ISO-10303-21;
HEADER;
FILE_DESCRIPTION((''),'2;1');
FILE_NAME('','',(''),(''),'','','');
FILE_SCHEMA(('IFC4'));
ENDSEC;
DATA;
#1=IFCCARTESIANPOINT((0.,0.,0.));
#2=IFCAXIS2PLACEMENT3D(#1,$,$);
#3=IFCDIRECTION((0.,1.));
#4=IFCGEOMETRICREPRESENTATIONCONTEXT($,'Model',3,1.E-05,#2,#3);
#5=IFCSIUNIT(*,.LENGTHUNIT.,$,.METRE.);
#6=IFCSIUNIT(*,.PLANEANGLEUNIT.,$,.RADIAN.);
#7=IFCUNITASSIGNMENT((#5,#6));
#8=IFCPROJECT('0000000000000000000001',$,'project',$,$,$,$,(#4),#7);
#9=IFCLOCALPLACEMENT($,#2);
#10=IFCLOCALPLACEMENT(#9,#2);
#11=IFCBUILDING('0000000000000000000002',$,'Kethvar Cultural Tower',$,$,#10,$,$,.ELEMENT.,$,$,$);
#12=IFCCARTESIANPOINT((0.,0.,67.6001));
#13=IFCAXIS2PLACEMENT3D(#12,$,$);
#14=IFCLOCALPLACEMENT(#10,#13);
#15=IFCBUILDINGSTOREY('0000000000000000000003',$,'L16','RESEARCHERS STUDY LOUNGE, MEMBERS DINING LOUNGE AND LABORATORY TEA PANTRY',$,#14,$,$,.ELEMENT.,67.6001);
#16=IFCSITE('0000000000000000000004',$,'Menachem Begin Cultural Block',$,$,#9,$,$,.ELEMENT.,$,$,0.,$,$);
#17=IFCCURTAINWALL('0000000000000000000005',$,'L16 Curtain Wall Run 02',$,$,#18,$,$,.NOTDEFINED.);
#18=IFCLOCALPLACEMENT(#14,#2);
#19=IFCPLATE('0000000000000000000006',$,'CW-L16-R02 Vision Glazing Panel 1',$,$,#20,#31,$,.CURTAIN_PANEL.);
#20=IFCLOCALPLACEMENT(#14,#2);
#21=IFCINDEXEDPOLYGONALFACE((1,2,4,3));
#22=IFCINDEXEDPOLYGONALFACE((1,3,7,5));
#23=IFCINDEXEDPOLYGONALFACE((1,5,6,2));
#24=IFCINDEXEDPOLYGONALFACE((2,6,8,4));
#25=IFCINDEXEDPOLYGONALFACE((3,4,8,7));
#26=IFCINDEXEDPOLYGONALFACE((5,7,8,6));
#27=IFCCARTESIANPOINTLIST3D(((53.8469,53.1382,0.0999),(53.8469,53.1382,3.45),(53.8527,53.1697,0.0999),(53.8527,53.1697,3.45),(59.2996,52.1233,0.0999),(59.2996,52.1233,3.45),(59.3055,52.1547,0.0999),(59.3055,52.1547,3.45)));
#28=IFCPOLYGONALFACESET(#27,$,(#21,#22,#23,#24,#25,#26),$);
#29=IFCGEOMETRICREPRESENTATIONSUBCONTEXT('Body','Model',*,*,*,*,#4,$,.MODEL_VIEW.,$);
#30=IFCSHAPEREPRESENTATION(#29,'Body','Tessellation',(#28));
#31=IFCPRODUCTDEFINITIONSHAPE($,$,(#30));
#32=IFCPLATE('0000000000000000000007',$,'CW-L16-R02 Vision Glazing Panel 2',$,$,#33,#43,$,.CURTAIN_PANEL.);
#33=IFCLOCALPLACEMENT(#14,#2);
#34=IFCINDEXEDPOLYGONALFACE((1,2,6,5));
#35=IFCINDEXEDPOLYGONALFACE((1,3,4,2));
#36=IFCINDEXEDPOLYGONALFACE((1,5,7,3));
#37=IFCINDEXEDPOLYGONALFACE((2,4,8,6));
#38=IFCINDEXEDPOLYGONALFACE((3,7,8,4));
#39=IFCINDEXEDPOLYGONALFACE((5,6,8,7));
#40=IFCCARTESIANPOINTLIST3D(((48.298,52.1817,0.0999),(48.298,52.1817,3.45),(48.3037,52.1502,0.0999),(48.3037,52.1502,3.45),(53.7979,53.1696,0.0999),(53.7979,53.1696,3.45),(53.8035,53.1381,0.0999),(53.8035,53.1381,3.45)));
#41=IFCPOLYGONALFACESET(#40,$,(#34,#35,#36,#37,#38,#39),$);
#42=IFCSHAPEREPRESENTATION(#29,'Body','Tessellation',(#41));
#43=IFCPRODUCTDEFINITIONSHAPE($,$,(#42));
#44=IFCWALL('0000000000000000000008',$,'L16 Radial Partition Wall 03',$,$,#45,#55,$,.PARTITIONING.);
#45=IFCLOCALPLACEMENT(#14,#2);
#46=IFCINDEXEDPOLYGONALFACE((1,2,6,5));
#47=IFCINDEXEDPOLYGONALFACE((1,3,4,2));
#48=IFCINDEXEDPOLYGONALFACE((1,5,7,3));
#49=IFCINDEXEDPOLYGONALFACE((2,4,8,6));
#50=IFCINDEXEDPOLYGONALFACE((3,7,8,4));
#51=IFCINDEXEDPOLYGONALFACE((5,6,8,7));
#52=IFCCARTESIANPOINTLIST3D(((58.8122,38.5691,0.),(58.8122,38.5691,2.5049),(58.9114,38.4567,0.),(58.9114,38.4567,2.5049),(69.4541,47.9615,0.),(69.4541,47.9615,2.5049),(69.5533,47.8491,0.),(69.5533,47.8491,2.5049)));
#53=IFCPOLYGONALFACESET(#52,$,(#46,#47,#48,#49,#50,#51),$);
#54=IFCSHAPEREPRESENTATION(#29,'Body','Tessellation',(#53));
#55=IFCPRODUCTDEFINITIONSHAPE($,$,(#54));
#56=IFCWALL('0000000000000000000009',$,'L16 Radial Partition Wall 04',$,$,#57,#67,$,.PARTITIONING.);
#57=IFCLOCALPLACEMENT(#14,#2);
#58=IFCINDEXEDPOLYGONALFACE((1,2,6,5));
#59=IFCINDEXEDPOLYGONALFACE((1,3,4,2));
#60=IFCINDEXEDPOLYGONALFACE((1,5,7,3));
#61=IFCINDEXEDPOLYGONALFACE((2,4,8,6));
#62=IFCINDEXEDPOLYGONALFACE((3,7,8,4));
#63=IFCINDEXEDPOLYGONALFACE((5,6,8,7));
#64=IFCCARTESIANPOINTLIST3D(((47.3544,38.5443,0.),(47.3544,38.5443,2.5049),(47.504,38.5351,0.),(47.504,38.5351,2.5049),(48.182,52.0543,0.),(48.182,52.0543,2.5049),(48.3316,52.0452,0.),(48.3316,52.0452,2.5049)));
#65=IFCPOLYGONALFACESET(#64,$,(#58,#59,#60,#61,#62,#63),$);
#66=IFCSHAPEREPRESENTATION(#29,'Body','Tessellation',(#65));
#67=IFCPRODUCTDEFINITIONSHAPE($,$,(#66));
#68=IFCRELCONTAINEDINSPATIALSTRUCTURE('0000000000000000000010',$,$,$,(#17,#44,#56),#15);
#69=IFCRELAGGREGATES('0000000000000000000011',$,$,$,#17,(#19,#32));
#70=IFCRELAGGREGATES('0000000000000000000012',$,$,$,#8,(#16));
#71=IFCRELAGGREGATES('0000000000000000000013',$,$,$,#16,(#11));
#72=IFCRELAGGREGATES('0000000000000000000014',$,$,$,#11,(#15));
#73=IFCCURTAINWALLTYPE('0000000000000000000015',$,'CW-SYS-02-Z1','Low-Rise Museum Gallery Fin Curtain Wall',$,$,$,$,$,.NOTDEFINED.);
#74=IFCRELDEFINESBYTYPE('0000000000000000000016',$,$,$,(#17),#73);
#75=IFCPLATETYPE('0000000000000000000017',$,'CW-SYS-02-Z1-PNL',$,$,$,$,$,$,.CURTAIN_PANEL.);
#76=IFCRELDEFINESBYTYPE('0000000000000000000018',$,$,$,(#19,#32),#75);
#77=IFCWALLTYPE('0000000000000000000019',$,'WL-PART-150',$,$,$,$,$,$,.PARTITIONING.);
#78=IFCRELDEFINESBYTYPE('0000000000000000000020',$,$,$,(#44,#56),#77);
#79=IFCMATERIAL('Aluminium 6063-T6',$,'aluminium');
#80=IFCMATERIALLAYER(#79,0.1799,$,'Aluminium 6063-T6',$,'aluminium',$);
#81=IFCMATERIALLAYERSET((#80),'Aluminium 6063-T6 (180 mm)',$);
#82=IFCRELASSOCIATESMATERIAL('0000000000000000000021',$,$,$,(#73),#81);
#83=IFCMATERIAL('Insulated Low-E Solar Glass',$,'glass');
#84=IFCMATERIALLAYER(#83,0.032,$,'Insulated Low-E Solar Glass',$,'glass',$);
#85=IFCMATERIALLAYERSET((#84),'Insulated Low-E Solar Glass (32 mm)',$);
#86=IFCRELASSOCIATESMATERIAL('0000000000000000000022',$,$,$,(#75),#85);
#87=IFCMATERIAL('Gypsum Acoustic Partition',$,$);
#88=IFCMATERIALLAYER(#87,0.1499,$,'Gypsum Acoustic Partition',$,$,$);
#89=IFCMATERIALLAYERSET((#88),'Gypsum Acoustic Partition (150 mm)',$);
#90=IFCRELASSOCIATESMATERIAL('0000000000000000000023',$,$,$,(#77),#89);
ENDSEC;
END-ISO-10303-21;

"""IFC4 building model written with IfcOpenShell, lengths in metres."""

from ifc_helpers import new_model, si_unit, direction, frame, frame_2d, origin, origin_2d, place, context, subcontext, project, spatial, rectangle, extrude, source, transform, mapped, material, layer, layer_set, type_object, element, aggregate, save


model = new_model("IFC4")

# Units and contexts
model_context = context("Model", 3, precision=1e-05, world=origin(), true_north=direction((0.0, 1.0)))
body_context = subcontext(model_context, "Body", "Model", "MODEL_VIEW")
ifc_project = project(units=[si_unit("LENGTHUNIT", "METRE"), si_unit("PLANEANGLEUNIT", "RADIAN")], contexts=[model_context])

# Site, building, storey
site_placement = place(None, origin())
site = spatial("IfcSite", under=ifc_project, at=site_placement, Name="Menachem Begin Cultural Block", CompositionType="ELEMENT", RefElevation=0.0)
building_placement = place(site_placement, origin())
building = spatial("IfcBuilding", under=site, at=building_placement, Name="Kethvar Cultural Tower", CompositionType="ELEMENT")
storey_placement = place(building_placement, frame((0.0, 0.0, 67.6001)))
storey = spatial("IfcBuildingStorey", under=building, at=storey_placement, Name="L16", Description="RESEARCHERS STUDY LOUNGE, MEMBERS DINING LOUNGE AND LABORATORY TEA PANTRY", CompositionType="ELEMENT", Elevation=67.6001)

# Shared definitions
ifc_material_1 = material(Name="Aluminium 6063-T6", Category="aluminium")
ifc_layer_1 = layer(ifc_material_1, 0.1799, Name="Aluminium 6063-T6", Category="aluminium")
ifc_layer_set_1 = layer_set([ifc_layer_1], Name="Aluminium 6063-T6 (180 mm)")
curtain_wall_type = type_object("IfcCurtainWallType", Name="CW-SYS-02-Z1", Description="Low-Rise Museum Gallery Fin Curtain Wall", PredefinedType="NOTDEFINED", material=ifc_layer_set_1)

# Curtain wall, plates
curtain_wall_1_placement = place(storey_placement, origin())
curtain_wall_1 = element("IfcCurtainWall", 1, at=curtain_wall_1_placement, inside=storey, type_object=curtain_wall_type, Name="L16 Curtain Wall Run 02", PredefinedType="NOTDEFINED")
ifc_material_2 = material(Name="Insulated Low-E Solar Glass", Category="glass")
ifc_layer_2 = layer(ifc_material_2, 0.032, Name="Insulated Low-E Solar Glass", Category="glass")
ifc_layer_set_2 = layer_set([ifc_layer_2], Name="Insulated Low-E Solar Glass (32 mm)")
plate_type = type_object("IfcPlateType", Name="CW-SYS-02-Z1-PNL", PredefinedType="CURTAIN_PANEL", material=ifc_layer_set_2)
shared_shape_1 = source(origin(), body_context, "Body", "SweptSolid", [
    extrude(rectangle(XDim=5.5464, YDim=0.032, at=origin_2d()), origin(), (0.0, 0.0, 1.0), 3.3501),
])
plate_1_placement = place(storey_placement, frame((56.5762, 52.6465, 0.0999), z_axis=(0.0, 0.0, 1.0), x_axis=(-0.983115, 0.182991, 0.0)))
plate_1 = element("IfcPlate", 2, at=plate_1_placement, type_object=plate_type, Name="CW-L16-R02 Vision Glazing Panel 1", PredefinedType="CURTAIN_PANEL", context=body_context, shape_type="MappedRepresentation", body=[
    mapped(shared_shape_1, transform((0.0, 0.0, 0.0), scale=1.0)),
])
shared_shape_2 = source(origin(), body_context, "Body", "SweptSolid", [
    extrude(rectangle(XDim=5.5879, YDim=0.032, at=origin_2d()), origin(), (0.0, 0.0, 1.0), 3.3501),
])
plate_2_placement = place(storey_placement, frame((51.0508, 52.6599, 0.0999), z_axis=(0.0, 0.0, 1.0), x_axis=(-0.984248, -0.176793, 0.0)))
plate_2 = element("IfcPlate", 3, at=plate_2_placement, type_object=plate_type, Name="CW-L16-R02 Vision Glazing Panel 2", PredefinedType="CURTAIN_PANEL", context=body_context, shape_type="MappedRepresentation", body=[
    mapped(shared_shape_2, transform((0.0, 0.0, 0.0), scale=1.0)),
])
aggregate(curtain_wall_1, [plate_1, plate_2])

# Walls
ifc_material_3 = material(Name="Gypsum Acoustic Partition")
ifc_layer_3 = layer(ifc_material_3, 0.1499, Name="Gypsum Acoustic Partition")
ifc_layer_set_3 = layer_set([ifc_layer_3], Name="Gypsum Acoustic Partition (150 mm)")
wall_type_1 = type_object("IfcWallType", Name="WL-PART-150", PredefinedType="PARTITIONING", material=ifc_layer_set_3)
wall_1_placement = place(storey_placement, frame((58.8618, 38.5129, 0.0), z_axis=(0.0, 0.0, 1.0), x_axis=(0.749752, 0.661719, 0.0)))
element("IfcWall", 4, at=wall_1_placement, inside=storey, type_object=wall_type_1, Name="L16 Radial Partition Wall 03", PredefinedType="PARTITIONING", context=body_context, shape_type="SweptSolid", body=[
    extrude(rectangle(XDim=14.1938, YDim=0.1499, at=frame_2d((7.0969, 0.0))), origin(), (0.0, 0.0, 1.0), 2.5049),
])
wall_2_placement = place(storey_placement, frame((47.4292, 38.5398, 0.0), z_axis=(0.0, 0.0, 1.0), x_axis=(0.061146, 0.998129, 0.0)))
element("IfcWall", 5, at=wall_2_placement, inside=storey, type_object=wall_type_1, Name="L16 Radial Partition Wall 04", PredefinedType="PARTITIONING", context=body_context, shape_type="SweptSolid", body=[
    extrude(rectangle(XDim=13.5354, YDim=0.1499, at=frame_2d((6.7676, 0.0))), origin(), (0.0, 0.0, 1.0), 2.5049),
])

save(model, "model.ifc")
